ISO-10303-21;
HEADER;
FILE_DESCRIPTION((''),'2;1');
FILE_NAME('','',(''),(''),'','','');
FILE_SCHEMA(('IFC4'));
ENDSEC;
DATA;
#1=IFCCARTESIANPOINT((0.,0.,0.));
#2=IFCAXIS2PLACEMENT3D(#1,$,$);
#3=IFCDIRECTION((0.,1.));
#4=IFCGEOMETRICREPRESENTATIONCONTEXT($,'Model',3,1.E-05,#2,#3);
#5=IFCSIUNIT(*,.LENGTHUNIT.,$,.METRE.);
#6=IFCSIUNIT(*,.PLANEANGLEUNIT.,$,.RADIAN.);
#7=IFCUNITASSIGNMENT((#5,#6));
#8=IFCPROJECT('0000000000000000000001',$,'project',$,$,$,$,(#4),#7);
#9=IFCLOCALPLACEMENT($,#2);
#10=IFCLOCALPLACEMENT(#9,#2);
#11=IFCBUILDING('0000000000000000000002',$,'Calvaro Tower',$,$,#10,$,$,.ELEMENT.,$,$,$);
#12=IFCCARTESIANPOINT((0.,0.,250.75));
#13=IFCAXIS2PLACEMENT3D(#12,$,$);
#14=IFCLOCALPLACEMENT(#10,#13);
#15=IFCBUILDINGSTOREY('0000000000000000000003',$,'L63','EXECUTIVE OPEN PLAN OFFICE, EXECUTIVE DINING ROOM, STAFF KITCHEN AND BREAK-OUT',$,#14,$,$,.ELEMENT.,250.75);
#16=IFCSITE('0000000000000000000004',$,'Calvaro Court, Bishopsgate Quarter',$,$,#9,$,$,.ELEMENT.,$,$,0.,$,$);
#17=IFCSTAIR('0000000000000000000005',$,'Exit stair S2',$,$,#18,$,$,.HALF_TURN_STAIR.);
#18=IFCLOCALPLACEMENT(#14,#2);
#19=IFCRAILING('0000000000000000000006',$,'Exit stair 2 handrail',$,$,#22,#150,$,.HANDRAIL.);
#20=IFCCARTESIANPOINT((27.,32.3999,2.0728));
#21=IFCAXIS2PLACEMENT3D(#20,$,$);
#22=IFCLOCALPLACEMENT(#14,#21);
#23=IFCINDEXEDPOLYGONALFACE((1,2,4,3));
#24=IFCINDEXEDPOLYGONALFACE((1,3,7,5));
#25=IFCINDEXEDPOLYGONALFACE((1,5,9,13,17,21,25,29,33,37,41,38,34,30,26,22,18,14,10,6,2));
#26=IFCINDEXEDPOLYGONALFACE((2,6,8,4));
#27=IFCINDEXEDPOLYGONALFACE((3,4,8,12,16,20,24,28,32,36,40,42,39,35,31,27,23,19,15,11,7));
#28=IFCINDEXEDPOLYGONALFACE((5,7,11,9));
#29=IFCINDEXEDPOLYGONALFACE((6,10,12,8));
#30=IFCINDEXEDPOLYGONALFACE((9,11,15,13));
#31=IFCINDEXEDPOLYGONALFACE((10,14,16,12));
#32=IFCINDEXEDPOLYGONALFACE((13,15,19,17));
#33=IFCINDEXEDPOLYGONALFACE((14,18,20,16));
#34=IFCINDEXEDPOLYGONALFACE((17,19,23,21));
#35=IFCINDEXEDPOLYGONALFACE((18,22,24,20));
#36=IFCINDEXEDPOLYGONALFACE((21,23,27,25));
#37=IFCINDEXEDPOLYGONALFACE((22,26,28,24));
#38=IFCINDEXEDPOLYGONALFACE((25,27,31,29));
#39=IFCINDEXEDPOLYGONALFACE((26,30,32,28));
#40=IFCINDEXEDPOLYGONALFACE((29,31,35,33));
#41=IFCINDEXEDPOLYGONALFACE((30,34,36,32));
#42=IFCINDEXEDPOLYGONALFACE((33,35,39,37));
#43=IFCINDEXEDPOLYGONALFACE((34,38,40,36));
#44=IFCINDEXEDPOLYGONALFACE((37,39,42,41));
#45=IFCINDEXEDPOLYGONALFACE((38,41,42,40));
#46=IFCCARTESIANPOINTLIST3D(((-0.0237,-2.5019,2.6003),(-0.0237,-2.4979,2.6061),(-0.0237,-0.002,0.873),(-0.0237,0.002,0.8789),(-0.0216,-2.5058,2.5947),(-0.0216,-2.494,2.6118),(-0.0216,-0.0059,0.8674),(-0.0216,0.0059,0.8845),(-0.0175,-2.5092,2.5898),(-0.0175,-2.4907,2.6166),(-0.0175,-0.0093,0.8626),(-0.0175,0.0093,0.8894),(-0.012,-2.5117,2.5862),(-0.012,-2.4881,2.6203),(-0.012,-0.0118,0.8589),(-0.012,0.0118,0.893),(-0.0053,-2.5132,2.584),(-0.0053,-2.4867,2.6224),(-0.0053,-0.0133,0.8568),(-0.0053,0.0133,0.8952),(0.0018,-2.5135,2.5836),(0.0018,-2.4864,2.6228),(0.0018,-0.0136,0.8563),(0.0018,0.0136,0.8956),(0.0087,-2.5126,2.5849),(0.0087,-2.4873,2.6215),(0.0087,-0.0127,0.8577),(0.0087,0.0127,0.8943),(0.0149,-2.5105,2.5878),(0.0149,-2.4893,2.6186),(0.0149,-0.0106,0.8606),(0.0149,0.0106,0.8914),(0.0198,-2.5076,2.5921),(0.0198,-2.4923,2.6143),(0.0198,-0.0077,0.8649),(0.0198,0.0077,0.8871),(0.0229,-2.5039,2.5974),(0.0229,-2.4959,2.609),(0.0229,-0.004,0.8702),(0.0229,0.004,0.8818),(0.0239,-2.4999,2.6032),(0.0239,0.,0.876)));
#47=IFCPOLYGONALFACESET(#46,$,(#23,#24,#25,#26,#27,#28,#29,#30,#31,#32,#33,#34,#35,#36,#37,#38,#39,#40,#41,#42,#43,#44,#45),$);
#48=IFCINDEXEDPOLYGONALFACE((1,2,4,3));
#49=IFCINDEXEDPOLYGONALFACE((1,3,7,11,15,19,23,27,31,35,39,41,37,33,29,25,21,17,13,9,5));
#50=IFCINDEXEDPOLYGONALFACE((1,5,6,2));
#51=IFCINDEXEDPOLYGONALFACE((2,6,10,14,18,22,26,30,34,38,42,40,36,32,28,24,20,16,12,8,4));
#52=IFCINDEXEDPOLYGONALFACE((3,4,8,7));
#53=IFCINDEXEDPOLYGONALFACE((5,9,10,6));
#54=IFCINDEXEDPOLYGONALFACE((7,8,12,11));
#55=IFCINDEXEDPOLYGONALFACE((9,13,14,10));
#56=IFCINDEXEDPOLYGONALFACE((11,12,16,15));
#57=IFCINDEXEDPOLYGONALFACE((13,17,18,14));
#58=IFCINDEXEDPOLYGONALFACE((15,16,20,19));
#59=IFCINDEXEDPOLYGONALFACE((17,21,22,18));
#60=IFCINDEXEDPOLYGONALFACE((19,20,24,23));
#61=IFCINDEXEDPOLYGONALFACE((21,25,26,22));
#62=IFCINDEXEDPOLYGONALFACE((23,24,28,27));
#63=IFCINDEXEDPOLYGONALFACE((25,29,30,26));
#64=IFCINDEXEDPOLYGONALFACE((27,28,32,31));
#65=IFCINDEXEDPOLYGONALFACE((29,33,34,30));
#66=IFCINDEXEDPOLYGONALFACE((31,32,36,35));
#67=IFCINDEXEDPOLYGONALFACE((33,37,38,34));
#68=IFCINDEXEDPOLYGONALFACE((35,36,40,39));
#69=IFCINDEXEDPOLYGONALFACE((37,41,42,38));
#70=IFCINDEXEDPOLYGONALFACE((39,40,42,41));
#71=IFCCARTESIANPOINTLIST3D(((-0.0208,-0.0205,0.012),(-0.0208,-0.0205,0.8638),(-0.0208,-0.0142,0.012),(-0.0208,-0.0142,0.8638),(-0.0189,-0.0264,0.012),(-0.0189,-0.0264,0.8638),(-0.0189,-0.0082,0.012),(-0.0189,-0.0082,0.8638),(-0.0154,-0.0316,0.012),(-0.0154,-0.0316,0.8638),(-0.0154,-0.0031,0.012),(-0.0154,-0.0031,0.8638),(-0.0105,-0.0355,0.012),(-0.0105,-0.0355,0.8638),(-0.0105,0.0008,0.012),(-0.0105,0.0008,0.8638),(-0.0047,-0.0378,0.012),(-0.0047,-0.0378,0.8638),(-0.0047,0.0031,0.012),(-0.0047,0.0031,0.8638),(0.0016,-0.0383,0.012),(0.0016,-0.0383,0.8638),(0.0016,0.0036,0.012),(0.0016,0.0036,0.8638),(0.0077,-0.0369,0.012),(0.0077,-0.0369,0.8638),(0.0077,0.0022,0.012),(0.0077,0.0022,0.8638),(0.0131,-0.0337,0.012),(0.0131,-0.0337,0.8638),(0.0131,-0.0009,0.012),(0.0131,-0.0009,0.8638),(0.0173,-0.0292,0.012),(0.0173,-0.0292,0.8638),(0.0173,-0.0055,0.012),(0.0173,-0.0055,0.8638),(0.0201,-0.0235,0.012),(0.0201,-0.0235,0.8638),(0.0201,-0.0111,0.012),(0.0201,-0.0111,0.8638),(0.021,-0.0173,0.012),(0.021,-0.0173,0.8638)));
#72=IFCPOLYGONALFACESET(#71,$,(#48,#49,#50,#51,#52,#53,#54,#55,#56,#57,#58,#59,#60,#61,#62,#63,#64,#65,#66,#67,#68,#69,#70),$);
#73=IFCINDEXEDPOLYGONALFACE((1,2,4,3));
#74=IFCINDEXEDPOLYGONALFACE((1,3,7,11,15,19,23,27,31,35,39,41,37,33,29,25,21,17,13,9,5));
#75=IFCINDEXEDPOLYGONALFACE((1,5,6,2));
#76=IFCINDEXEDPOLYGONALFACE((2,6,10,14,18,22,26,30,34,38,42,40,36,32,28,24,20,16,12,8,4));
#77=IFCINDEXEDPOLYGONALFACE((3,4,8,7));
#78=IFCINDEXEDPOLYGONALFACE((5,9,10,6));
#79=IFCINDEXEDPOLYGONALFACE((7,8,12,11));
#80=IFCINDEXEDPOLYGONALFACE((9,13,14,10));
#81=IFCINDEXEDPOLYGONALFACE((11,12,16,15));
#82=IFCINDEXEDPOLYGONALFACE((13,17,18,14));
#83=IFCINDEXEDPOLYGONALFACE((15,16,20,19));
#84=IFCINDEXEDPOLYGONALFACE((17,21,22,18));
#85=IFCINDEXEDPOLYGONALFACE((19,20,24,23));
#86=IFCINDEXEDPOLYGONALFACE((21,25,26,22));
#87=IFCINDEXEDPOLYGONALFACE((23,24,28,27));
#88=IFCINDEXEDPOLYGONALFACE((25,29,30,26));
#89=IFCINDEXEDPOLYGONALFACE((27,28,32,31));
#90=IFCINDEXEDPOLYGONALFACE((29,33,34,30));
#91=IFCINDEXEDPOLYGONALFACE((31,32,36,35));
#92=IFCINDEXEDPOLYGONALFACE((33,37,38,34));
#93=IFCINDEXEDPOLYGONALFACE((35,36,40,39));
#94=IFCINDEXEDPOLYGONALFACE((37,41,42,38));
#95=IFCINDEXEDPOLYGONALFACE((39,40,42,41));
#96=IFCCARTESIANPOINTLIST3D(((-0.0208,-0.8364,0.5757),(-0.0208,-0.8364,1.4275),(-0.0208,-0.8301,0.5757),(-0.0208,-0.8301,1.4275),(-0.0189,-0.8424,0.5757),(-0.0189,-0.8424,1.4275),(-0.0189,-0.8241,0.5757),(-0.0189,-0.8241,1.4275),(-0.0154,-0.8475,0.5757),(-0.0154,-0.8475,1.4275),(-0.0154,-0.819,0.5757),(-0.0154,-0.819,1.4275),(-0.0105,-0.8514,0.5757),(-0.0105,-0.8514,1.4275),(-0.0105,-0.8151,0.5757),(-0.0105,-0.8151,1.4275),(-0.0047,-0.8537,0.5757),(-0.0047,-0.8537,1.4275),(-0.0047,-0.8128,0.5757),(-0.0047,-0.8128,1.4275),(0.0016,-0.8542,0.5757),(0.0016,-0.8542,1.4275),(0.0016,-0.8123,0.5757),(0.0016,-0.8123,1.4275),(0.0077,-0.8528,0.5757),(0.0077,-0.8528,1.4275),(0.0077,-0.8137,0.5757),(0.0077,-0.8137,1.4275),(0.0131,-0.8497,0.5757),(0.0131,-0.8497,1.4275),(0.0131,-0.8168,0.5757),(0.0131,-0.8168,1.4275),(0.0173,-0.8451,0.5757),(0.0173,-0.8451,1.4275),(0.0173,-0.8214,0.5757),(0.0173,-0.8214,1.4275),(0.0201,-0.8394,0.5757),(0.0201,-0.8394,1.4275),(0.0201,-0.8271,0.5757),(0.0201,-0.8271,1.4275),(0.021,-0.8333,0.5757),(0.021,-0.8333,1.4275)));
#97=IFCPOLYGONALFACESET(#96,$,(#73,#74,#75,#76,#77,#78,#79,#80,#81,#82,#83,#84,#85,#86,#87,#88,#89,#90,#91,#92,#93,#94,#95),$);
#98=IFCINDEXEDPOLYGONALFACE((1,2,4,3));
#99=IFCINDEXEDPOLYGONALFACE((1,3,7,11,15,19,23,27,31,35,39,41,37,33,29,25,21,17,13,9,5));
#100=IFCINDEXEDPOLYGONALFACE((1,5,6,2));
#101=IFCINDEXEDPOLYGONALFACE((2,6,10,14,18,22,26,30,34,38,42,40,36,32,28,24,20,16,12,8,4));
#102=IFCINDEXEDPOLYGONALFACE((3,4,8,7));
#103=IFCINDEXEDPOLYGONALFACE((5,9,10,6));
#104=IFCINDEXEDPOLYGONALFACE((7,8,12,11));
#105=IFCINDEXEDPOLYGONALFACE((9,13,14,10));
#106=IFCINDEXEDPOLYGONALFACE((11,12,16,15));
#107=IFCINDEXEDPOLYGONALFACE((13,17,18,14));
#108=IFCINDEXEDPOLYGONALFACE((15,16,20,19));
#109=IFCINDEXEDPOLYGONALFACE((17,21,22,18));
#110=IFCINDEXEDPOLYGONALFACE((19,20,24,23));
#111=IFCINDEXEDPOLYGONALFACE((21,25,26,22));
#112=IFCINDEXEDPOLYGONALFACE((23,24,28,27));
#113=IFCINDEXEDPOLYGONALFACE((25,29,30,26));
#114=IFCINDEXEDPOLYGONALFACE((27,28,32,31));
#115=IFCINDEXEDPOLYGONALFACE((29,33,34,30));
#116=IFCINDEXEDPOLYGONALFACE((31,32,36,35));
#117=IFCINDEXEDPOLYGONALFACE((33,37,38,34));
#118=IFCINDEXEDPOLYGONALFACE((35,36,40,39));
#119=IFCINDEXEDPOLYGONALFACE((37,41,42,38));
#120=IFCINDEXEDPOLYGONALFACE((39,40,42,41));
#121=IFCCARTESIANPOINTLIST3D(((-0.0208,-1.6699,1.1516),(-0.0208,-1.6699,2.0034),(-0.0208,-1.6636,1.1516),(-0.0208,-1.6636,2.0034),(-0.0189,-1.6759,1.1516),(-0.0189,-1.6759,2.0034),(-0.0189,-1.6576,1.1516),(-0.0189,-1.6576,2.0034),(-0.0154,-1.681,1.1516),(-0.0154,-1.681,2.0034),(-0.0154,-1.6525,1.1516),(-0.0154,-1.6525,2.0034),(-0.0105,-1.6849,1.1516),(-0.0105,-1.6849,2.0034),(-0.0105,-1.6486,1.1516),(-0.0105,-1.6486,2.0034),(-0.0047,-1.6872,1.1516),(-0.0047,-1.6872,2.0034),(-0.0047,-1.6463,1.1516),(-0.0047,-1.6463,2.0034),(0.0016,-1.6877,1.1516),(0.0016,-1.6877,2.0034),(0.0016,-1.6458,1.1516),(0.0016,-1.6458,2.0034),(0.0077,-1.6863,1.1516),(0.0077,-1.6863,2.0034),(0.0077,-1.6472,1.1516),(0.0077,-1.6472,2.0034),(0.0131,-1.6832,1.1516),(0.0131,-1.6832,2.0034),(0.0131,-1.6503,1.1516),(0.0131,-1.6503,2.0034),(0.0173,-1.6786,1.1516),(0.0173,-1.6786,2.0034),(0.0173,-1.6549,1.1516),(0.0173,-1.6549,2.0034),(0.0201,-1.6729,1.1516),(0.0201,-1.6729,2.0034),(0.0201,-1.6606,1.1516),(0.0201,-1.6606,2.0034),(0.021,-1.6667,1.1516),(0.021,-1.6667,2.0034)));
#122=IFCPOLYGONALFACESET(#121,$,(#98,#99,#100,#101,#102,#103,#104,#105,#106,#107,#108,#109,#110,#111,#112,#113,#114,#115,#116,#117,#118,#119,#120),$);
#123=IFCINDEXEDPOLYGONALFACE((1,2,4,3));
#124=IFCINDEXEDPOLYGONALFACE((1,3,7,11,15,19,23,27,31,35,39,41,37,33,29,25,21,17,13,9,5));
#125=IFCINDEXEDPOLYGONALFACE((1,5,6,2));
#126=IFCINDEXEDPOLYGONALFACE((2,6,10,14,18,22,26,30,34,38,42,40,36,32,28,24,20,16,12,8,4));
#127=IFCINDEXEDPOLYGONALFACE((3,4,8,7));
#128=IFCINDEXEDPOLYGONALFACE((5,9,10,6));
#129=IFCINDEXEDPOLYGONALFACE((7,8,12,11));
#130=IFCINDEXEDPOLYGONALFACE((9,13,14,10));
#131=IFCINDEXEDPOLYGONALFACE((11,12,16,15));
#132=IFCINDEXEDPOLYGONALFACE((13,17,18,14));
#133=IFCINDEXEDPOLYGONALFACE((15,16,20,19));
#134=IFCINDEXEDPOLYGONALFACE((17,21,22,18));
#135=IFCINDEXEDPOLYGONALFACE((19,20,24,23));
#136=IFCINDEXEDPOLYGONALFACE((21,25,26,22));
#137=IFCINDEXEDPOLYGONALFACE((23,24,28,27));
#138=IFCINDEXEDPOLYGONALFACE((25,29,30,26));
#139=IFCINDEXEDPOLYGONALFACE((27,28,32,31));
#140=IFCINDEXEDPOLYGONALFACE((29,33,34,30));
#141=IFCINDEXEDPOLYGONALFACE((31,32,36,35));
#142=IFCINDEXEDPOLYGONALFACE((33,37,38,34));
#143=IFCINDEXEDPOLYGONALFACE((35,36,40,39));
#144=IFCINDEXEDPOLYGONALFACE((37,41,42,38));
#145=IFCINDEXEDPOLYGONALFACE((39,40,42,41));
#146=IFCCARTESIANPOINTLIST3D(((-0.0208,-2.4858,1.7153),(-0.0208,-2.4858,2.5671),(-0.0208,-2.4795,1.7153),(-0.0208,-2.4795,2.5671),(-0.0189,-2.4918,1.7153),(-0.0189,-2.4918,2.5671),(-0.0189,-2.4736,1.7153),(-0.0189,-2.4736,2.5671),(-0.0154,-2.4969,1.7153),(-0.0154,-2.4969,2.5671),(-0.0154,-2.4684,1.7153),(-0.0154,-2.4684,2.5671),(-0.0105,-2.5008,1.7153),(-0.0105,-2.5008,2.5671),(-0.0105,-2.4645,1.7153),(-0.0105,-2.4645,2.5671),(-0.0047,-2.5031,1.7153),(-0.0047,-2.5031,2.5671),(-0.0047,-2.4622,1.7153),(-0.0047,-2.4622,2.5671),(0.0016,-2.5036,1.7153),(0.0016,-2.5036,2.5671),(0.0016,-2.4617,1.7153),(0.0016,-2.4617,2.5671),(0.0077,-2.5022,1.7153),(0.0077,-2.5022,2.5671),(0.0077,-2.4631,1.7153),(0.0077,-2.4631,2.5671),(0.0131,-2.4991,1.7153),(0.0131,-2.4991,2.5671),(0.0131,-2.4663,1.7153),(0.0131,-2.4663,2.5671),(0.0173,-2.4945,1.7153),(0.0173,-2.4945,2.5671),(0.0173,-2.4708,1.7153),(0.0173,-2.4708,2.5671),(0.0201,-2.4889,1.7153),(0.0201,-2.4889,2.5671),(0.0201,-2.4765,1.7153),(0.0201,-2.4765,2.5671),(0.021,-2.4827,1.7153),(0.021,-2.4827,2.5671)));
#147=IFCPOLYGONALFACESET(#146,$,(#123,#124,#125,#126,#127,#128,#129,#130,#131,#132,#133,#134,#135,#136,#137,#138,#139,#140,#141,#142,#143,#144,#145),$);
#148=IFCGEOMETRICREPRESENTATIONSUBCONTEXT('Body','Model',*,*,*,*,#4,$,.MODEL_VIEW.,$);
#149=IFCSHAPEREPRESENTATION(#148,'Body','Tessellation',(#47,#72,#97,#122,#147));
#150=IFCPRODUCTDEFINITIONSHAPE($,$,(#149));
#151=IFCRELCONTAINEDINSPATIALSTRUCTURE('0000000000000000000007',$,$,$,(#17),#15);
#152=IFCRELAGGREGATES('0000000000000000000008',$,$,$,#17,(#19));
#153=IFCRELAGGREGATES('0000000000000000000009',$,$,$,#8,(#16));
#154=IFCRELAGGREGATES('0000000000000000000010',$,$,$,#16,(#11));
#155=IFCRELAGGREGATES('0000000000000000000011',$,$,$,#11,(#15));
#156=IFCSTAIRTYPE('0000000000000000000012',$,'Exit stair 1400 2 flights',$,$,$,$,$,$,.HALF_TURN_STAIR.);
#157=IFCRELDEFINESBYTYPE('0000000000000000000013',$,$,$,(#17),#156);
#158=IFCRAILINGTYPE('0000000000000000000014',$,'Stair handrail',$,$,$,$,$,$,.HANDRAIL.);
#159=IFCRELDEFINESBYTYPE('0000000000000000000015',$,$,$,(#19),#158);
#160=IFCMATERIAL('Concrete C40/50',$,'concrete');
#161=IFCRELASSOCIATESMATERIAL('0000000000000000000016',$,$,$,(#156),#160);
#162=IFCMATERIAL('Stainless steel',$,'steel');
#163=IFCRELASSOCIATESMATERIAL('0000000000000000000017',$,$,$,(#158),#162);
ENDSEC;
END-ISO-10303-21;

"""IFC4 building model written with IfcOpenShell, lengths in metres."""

from ifc_helpers import new_model, si_unit, direction, frame, origin, origin_2d, place, context, subcontext, project, spatial, circle, extrude, material, type_object, element, aggregate, save


model = new_model("IFC4")

# Units and contexts
model_context = context("Model", 3, precision=1e-05, world=origin(), true_north=direction((0.0, 1.0)))
body_context = subcontext(model_context, "Body", "Model", "MODEL_VIEW")
ifc_project = project(units=[si_unit("LENGTHUNIT", "METRE"), si_unit("PLANEANGLEUNIT", "RADIAN")], contexts=[model_context])

# Site, building, storey
site_placement = place(None, origin())
site = spatial("IfcSite", under=ifc_project, at=site_placement, Name="Calvaro Court, Bishopsgate Quarter", CompositionType="ELEMENT", RefElevation=0.0)
building_placement = place(site_placement, origin())
building = spatial("IfcBuilding", under=site, at=building_placement, Name="Calvaro Tower", CompositionType="ELEMENT")
storey_placement = place(building_placement, frame((0.0, 0.0, 250.75)))
storey = spatial("IfcBuildingStorey", under=building, at=storey_placement, Name="L63", Description="EXECUTIVE OPEN PLAN OFFICE, EXECUTIVE DINING ROOM, STAFF KITCHEN AND BREAK-OUT", CompositionType="ELEMENT", Elevation=250.75)

# Stair, railing
ifc_material_1 = material(Name="Concrete C40/50", Category="concrete")
stair_type = type_object("IfcStairType", Name="Exit stair 1400 2 flights", PredefinedType="HALF_TURN_STAIR", material=ifc_material_1)
stair_placement = place(storey_placement, origin())
stair = element("IfcStair", 1, at=stair_placement, inside=storey, type_object=stair_type, Name="Exit stair S2", PredefinedType="HALF_TURN_STAIR")
ifc_material_2 = material(Name="Stainless steel", Category="steel")
railing_type = type_object("IfcRailingType", Name="Stair handrail", PredefinedType="HANDRAIL", material=ifc_material_2)
railing_1_placement = place(storey_placement, frame((27.0, 32.3999, 2.0728)))
railing_1 = element("IfcRailing", 2, at=railing_1_placement, type_object=railing_type, Name="Exit stair 2 handrail", PredefinedType="HANDRAIL", context=body_context, shape_type="SweptSolid", body=[
    extrude(circle(Radius=0.0239, at=origin_2d()), frame((0.0, 0.0, 0.876), z_axis=(0.0, -0.822727, 0.568437), x_axis=(1.0, 0.0, 0.0)), (0.0, 0.0, 1.0), 3.0386),
    extrude(circle(Radius=0.021, at=origin_2d()), frame((0.0, -0.0173, 0.012)), (0.0, 0.0, 1.0), 0.8518),
    extrude(circle(Radius=0.021, at=origin_2d()), frame((0.0, -0.8333, 0.5757)), (0.0, 0.0, 1.0), 0.8518),
    extrude(circle(Radius=0.021, at=origin_2d()), frame((0.0, -1.6667, 1.1516)), (0.0, 0.0, 1.0), 0.8518),
    extrude(circle(Radius=0.021, at=origin_2d()), frame((0.0, -2.4827, 1.7153)), (0.0, 0.0, 1.0), 0.8518),
])
aggregate(stair, [railing_1])

save(model, "model.ifc")
